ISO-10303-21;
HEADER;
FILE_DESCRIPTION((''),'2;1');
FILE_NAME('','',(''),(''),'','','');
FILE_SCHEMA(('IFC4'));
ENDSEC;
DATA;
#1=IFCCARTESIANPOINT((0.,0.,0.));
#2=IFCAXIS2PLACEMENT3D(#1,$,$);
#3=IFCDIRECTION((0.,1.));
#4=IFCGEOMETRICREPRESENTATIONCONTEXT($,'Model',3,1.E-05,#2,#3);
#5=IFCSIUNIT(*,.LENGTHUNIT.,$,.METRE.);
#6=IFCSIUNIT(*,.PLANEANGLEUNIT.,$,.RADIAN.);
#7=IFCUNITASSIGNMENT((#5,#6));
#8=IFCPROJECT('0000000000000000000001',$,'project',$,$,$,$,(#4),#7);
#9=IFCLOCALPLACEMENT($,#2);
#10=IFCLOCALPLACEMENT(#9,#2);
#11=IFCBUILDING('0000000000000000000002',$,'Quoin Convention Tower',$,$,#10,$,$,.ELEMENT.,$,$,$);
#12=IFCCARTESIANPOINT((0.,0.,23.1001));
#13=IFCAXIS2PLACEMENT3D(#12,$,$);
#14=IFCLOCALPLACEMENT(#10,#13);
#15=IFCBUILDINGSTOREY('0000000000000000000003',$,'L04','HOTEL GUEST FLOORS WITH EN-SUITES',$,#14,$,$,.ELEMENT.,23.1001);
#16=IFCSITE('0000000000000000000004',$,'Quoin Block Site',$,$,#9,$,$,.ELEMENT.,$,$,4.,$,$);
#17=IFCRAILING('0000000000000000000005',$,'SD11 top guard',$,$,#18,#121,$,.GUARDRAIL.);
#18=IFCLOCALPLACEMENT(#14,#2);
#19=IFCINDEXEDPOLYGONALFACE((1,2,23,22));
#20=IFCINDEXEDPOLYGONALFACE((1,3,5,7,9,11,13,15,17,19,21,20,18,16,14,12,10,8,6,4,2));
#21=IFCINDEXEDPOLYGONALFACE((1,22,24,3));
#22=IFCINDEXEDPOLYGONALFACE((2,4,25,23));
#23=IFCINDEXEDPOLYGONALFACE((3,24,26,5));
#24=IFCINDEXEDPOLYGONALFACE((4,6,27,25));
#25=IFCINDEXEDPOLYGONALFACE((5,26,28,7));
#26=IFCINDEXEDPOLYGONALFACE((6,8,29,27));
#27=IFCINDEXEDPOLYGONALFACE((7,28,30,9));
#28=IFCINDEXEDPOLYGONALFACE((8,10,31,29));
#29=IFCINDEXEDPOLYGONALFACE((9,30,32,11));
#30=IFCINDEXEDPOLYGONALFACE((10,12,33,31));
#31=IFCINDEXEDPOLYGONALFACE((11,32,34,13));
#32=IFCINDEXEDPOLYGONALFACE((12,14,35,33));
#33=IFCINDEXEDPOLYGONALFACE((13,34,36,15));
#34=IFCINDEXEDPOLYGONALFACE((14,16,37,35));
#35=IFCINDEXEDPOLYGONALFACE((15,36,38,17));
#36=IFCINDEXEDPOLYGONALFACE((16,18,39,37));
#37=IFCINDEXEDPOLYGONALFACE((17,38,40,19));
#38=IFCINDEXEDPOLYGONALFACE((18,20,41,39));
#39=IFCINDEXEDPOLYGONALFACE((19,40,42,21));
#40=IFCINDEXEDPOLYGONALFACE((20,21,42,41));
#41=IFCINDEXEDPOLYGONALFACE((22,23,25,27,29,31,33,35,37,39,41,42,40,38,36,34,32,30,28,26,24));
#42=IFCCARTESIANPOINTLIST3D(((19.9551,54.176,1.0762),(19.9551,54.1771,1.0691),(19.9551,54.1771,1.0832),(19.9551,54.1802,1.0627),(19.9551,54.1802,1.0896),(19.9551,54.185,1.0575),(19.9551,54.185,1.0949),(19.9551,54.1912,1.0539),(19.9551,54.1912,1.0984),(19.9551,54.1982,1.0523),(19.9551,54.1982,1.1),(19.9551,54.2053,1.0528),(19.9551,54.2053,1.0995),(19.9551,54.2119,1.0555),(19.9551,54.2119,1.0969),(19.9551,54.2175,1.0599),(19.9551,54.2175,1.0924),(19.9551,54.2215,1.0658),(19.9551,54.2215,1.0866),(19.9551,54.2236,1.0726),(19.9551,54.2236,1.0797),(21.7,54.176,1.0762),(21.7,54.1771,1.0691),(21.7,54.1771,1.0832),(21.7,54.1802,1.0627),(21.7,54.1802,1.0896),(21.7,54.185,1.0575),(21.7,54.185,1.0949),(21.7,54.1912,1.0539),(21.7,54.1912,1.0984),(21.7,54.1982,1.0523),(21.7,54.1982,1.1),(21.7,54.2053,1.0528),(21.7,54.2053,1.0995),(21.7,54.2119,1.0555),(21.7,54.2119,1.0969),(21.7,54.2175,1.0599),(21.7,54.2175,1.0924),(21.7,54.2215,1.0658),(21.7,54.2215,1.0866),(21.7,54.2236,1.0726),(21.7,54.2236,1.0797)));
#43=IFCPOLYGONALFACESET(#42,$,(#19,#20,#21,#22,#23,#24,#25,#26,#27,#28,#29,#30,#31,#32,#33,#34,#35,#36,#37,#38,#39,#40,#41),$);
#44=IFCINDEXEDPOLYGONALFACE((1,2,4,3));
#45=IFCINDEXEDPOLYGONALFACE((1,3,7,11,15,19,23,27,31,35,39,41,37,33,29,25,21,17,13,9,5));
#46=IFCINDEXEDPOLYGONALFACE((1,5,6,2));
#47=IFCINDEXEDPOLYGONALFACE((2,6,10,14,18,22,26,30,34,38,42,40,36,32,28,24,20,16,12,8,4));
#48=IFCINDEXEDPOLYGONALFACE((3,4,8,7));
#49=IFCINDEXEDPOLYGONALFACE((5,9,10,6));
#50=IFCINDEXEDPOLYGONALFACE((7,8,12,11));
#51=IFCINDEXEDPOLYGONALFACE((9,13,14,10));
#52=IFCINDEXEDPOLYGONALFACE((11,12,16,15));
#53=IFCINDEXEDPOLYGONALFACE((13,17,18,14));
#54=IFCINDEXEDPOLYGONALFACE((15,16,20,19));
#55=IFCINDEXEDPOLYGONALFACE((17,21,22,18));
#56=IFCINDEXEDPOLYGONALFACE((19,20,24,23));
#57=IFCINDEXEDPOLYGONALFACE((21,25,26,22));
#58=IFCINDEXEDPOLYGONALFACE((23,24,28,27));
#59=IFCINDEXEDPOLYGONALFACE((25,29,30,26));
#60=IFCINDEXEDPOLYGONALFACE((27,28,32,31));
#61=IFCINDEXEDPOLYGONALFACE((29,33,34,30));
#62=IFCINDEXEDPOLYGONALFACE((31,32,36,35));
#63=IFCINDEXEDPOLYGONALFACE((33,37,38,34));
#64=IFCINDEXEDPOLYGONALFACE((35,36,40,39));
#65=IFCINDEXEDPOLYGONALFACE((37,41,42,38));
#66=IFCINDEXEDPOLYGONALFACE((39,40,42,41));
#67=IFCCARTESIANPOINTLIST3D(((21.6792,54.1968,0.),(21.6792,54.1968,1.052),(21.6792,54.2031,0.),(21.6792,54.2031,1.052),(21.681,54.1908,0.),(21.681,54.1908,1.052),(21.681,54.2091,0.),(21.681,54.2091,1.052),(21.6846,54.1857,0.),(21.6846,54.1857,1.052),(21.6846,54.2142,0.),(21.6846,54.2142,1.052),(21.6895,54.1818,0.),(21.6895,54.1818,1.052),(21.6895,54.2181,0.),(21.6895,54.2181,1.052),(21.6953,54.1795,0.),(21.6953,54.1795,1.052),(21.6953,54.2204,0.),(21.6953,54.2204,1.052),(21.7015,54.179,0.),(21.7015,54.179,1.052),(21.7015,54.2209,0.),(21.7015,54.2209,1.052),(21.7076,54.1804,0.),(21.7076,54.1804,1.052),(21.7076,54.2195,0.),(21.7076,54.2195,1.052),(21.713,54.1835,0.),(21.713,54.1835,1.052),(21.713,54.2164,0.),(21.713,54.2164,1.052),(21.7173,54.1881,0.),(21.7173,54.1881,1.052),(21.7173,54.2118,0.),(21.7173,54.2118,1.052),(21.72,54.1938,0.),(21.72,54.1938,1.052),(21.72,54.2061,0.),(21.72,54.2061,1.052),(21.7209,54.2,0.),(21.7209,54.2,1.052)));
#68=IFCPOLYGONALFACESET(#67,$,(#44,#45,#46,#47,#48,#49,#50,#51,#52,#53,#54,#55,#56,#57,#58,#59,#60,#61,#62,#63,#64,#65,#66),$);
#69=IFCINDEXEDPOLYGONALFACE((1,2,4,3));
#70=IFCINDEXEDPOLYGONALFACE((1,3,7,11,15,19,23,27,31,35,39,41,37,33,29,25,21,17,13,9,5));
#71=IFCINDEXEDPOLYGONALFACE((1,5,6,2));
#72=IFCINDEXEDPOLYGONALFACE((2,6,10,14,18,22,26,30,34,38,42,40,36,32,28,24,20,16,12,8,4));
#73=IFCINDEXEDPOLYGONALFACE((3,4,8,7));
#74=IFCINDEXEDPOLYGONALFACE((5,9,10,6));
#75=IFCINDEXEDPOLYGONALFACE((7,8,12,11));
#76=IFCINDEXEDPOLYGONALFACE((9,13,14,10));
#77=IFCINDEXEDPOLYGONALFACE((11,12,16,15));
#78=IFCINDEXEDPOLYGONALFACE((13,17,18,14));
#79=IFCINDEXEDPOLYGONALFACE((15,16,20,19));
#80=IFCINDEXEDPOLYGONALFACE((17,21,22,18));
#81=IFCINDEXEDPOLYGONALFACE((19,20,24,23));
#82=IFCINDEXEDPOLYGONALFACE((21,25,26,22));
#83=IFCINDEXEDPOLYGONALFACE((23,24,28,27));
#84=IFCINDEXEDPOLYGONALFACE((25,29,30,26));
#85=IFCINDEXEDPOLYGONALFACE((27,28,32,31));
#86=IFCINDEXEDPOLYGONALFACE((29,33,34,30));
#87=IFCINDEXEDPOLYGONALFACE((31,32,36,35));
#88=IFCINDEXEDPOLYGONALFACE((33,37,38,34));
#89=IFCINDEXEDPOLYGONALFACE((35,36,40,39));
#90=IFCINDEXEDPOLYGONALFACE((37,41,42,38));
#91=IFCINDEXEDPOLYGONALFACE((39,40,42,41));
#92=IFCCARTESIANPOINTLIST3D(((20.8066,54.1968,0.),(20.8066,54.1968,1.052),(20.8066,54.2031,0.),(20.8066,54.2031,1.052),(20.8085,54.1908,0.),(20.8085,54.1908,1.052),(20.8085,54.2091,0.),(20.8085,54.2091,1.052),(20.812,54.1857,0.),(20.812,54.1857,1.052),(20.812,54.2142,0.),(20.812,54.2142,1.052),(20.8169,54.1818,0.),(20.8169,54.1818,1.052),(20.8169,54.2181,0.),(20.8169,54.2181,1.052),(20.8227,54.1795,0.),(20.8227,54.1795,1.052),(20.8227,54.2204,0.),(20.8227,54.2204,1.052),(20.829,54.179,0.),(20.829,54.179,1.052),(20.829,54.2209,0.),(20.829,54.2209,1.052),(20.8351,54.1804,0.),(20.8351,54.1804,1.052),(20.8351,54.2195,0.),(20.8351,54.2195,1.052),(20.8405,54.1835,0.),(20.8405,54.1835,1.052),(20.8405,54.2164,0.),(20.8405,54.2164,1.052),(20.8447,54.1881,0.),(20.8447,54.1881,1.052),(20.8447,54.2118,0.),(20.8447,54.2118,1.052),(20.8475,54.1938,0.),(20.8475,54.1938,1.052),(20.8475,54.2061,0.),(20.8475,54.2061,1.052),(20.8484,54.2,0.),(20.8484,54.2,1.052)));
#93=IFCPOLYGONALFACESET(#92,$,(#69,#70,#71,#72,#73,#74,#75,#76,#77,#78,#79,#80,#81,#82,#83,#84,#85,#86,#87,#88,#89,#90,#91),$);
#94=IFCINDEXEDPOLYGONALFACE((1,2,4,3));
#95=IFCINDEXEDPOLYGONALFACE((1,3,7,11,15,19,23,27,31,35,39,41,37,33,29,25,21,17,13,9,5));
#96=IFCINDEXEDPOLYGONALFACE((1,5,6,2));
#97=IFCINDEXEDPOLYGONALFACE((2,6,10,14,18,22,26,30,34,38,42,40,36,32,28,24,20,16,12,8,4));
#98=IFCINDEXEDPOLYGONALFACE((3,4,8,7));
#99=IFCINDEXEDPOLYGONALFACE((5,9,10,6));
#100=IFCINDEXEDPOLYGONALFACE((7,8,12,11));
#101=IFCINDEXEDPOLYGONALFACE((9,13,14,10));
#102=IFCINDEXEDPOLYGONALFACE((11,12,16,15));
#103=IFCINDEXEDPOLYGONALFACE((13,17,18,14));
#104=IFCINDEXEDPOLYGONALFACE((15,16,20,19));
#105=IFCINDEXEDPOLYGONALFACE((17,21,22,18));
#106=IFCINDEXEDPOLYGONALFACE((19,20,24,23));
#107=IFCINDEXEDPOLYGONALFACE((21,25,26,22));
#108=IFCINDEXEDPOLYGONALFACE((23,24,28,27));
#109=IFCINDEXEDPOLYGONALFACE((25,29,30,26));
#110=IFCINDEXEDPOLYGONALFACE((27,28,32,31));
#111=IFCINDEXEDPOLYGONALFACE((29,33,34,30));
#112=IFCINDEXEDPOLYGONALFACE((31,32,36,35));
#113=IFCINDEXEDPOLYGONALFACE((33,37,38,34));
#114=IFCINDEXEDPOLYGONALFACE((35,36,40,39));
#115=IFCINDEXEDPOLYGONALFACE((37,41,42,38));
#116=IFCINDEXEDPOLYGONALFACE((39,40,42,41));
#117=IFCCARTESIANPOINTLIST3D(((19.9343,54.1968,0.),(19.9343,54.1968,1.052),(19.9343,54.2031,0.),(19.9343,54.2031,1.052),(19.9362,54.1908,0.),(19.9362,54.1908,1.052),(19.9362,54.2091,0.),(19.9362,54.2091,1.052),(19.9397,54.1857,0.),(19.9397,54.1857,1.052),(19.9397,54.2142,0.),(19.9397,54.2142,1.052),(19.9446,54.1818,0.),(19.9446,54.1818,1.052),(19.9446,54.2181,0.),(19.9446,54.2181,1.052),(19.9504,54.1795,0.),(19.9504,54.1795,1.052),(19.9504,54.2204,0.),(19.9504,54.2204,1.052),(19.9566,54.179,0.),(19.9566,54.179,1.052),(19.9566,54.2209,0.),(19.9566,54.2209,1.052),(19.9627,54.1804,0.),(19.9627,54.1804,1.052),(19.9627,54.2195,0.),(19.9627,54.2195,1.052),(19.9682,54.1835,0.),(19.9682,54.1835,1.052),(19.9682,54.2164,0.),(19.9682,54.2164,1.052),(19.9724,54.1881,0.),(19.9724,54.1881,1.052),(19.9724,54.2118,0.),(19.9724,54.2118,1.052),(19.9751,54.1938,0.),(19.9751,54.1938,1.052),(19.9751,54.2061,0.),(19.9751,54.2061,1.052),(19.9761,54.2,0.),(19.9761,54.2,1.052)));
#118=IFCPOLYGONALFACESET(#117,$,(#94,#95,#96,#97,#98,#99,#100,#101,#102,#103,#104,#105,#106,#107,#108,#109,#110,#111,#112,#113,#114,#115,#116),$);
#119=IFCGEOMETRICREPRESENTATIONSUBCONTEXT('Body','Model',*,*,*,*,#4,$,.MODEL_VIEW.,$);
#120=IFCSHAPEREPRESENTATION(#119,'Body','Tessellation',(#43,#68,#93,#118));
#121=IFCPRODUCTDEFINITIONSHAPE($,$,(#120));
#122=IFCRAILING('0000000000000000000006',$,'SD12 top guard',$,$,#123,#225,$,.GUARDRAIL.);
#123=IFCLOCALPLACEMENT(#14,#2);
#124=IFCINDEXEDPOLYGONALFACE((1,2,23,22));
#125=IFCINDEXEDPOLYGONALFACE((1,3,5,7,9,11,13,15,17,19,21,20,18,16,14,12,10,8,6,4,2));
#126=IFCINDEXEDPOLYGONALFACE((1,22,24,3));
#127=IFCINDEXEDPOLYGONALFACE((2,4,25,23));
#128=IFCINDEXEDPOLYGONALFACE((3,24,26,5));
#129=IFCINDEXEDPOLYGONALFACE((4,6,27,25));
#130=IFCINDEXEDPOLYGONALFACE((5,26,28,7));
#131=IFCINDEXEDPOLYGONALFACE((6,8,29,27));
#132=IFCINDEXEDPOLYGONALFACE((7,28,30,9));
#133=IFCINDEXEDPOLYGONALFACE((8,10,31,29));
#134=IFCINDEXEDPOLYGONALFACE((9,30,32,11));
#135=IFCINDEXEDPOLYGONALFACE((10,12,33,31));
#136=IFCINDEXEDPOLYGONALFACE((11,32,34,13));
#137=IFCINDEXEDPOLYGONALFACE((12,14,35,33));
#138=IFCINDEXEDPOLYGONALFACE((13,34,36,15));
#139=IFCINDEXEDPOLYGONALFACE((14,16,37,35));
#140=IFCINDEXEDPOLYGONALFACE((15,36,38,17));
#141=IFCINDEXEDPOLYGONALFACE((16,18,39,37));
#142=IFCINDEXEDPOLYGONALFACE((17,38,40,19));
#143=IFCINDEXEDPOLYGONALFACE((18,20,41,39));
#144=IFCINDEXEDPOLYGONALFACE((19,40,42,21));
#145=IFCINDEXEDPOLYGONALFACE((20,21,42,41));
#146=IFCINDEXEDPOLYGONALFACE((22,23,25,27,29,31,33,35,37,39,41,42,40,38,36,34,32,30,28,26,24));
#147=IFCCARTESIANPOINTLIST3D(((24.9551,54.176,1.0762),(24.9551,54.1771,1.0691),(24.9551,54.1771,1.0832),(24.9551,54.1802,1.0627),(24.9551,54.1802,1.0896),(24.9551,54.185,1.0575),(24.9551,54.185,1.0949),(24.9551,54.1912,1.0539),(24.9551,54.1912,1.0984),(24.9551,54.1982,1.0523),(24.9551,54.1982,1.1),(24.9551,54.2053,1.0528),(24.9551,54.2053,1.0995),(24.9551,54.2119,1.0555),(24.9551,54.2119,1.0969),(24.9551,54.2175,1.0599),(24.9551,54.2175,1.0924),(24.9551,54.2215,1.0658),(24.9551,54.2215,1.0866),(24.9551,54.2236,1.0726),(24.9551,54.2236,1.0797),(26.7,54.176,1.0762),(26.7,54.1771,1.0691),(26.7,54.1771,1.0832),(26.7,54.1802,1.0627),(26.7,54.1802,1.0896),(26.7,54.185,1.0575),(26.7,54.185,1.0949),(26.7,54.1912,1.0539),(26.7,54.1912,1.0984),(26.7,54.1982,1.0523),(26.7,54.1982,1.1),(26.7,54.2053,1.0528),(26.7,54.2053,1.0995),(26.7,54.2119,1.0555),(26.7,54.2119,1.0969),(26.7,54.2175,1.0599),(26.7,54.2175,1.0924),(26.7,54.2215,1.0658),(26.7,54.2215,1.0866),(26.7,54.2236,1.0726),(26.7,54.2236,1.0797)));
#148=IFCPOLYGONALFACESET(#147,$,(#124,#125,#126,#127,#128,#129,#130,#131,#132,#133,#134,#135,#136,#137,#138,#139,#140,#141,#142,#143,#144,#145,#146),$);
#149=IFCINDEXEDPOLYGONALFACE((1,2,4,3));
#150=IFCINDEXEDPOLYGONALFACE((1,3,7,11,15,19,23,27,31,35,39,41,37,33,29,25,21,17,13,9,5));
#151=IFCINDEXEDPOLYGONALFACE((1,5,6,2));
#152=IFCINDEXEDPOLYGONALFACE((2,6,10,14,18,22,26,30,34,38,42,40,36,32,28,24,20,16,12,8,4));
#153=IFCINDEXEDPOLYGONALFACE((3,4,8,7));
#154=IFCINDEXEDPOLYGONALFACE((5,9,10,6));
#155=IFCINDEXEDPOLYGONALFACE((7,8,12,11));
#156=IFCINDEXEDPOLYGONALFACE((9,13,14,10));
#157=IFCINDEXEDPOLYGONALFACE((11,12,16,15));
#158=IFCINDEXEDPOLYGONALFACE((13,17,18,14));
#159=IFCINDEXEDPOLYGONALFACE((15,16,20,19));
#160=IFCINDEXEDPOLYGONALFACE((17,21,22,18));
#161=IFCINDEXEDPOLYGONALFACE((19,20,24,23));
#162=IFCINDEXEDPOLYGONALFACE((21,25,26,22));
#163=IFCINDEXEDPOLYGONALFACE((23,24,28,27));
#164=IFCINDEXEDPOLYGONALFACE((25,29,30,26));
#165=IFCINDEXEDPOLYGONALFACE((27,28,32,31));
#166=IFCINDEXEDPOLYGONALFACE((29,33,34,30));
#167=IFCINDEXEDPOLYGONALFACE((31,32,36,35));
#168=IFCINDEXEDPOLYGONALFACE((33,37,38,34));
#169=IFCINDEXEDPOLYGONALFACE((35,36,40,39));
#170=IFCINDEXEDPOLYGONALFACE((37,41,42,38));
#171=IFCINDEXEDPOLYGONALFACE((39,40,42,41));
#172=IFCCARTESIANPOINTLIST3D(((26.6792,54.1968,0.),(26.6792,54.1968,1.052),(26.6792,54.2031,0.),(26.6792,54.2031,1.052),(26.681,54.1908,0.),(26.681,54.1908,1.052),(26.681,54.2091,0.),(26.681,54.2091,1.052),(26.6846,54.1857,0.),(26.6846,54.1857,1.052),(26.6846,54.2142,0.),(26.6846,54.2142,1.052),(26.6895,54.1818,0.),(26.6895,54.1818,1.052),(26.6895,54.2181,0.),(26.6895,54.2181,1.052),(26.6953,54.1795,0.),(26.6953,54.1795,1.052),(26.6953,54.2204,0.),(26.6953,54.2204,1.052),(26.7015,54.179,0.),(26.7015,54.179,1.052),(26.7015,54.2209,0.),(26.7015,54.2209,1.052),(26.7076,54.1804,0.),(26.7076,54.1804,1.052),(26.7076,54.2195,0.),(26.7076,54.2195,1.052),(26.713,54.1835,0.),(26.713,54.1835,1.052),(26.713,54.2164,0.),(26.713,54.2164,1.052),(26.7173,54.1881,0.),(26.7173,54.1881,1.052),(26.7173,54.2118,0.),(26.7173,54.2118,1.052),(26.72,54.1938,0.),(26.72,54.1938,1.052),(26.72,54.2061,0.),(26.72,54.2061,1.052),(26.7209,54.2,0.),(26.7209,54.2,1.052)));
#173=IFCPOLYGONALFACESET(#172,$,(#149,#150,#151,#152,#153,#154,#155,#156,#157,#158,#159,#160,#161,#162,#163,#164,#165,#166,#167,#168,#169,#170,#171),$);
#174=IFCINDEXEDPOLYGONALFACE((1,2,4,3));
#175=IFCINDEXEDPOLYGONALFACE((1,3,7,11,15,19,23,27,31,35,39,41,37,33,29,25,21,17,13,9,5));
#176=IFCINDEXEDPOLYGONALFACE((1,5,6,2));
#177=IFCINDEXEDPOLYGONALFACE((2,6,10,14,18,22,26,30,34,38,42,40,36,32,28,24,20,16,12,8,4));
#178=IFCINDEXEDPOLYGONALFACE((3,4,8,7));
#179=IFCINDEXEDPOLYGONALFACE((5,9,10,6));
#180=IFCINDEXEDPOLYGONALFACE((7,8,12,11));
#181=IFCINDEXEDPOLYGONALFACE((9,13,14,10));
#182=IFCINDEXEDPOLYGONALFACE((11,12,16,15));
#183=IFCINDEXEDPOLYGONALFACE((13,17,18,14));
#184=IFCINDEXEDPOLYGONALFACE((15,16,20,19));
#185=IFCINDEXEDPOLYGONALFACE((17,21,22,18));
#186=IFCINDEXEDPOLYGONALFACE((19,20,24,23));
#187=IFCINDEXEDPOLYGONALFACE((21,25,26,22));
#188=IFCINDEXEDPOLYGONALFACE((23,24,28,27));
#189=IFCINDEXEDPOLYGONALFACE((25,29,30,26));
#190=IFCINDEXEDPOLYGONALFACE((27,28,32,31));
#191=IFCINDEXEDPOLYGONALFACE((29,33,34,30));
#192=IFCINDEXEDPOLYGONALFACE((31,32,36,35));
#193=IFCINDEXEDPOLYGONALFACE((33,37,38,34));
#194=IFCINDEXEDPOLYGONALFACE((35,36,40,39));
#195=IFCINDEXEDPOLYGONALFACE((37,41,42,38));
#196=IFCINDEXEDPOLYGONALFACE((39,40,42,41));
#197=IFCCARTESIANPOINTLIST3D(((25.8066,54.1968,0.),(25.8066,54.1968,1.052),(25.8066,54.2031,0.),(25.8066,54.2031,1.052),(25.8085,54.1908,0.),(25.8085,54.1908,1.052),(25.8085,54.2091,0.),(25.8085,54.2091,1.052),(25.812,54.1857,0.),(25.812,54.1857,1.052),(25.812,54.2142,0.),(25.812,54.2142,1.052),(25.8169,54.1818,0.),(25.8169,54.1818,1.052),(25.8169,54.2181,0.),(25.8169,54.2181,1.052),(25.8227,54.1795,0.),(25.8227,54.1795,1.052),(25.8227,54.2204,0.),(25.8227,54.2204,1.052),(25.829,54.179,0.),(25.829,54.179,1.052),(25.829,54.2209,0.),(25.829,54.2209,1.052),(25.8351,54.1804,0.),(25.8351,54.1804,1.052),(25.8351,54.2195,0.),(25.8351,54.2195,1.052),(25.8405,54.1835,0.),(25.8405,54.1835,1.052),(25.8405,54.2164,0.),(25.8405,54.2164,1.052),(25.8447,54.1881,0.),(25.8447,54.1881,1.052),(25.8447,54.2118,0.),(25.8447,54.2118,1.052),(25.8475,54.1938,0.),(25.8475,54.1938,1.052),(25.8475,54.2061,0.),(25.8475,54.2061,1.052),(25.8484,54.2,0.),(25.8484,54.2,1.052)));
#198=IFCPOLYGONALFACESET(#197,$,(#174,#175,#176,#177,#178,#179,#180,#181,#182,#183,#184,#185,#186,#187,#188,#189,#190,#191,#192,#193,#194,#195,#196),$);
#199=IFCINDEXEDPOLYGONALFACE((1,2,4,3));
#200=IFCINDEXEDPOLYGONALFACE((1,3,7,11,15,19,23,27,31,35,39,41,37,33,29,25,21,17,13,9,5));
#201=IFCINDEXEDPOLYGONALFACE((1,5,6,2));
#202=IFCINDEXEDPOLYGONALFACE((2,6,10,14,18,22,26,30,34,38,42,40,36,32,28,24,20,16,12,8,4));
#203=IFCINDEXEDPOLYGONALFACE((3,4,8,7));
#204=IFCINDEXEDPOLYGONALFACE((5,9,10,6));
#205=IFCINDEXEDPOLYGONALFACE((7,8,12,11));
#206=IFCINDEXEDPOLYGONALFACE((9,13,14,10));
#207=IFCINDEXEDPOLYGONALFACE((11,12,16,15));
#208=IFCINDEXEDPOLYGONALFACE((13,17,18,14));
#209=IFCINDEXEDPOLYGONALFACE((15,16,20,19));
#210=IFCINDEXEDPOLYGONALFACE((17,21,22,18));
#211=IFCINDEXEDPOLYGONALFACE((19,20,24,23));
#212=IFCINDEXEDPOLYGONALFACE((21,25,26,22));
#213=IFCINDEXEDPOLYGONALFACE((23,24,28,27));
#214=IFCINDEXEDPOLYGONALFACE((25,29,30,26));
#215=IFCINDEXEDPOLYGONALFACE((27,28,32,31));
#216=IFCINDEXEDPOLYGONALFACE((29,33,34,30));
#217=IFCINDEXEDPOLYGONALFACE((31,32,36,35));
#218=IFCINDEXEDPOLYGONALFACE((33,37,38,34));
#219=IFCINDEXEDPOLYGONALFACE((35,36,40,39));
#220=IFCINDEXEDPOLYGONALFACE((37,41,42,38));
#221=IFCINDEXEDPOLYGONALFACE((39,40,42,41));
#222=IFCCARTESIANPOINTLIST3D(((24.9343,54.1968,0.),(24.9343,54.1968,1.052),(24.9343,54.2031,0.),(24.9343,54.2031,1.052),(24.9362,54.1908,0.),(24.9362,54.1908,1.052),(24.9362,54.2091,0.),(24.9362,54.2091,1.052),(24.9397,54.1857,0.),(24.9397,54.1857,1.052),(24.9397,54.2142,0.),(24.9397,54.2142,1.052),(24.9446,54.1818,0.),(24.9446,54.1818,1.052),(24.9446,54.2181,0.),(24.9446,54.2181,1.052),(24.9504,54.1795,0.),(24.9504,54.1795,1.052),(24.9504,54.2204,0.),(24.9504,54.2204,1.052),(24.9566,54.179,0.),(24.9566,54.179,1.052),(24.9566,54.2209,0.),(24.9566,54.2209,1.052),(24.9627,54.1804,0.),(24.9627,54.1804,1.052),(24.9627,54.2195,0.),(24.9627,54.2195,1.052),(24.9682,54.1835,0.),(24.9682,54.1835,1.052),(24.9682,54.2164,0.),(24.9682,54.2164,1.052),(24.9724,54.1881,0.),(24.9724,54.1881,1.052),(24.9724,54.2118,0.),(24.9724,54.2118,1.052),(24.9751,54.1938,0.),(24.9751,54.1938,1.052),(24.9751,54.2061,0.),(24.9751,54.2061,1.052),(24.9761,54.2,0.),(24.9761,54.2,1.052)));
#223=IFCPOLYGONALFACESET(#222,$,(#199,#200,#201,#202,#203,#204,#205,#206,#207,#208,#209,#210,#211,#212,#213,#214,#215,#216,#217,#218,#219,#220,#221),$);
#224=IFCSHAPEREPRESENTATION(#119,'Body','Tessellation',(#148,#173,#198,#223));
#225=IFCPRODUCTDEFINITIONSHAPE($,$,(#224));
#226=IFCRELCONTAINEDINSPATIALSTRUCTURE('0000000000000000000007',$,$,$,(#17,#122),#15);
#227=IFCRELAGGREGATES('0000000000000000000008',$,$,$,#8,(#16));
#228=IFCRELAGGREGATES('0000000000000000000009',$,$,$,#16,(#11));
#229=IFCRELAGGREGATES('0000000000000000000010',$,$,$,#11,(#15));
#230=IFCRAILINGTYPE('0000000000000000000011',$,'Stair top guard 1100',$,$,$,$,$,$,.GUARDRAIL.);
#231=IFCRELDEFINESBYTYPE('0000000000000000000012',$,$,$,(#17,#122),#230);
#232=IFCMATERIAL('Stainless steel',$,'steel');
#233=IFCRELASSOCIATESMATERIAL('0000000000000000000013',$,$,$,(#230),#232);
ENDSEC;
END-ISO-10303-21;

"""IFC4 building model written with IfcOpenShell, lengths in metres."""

from ifc_helpers import new_model, si_unit, direction, frame, origin, origin_2d, place, context, subcontext, project, spatial, circle, extrude, material, type_object, element, save


model = new_model("IFC4")

# Units and contexts
model_context = context("Model", 3, precision=1e-05, world=origin(), true_north=direction((0.0, 1.0)))
body_context = subcontext(model_context, "Body", "Model", "MODEL_VIEW")
ifc_project = project(units=[si_unit("LENGTHUNIT", "METRE"), si_unit("PLANEANGLEUNIT", "RADIAN")], contexts=[model_context])

# Site, building, storey
site_placement = place(None, origin())
site = spatial("IfcSite", under=ifc_project, at=site_placement, Name="Quoin Block Site", CompositionType="ELEMENT", RefElevation=4.0)
building_placement = place(site_placement, origin())
building = spatial("IfcBuilding", under=site, at=building_placement, Name="Quoin Convention Tower", CompositionType="ELEMENT")
storey_placement = place(building_placement, frame((0.0, 0.0, 23.1001)))
storey = spatial("IfcBuildingStorey", under=building, at=storey_placement, Name="L04", Description="HOTEL GUEST FLOORS WITH EN-SUITES", CompositionType="ELEMENT", Elevation=23.1001)

# Railings
ifc_material_1 = material(Name="Stainless steel", Category="steel")
railing_type_1 = type_object("IfcRailingType", Name="Stair top guard 1100", PredefinedType="GUARDRAIL", material=ifc_material_1)
for number, where, name in (
    (1, (21.7, 54.2, 0.0), "SD11 top guard"),
    (2, (26.7, 54.2, 0.0), "SD12 top guard"),
):
    element("IfcRailing", number, at=place(storey_placement, frame(where)), inside=storey, type_object=railing_type_1, Name=name, PredefinedType="GUARDRAIL", context=body_context, shape_type="SweptSolid", body=[
        extrude(circle(Radius=0.0239, at=origin_2d()), frame((0.0, 0.0, 1.0762), z_axis=(-1.0, 0.0, 0.0), x_axis=(0.0, -1.0, 0.0)), (0.0, 0.0, 1.0), 1.7449),
        extrude(circle(Radius=0.021, at=origin_2d()), origin(), (0.0, 0.0, 1.0), 1.052),
        extrude(circle(Radius=0.021, at=origin_2d()), frame((-0.8726, 0.0, 0.0)), (0.0, 0.0, 1.0), 1.052),
        extrude(circle(Radius=0.021, at=origin_2d()), frame((-1.7449, 0.0, 0.0)), (0.0, 0.0, 1.0), 1.052),
    ])

save(model, "model.ifc")
